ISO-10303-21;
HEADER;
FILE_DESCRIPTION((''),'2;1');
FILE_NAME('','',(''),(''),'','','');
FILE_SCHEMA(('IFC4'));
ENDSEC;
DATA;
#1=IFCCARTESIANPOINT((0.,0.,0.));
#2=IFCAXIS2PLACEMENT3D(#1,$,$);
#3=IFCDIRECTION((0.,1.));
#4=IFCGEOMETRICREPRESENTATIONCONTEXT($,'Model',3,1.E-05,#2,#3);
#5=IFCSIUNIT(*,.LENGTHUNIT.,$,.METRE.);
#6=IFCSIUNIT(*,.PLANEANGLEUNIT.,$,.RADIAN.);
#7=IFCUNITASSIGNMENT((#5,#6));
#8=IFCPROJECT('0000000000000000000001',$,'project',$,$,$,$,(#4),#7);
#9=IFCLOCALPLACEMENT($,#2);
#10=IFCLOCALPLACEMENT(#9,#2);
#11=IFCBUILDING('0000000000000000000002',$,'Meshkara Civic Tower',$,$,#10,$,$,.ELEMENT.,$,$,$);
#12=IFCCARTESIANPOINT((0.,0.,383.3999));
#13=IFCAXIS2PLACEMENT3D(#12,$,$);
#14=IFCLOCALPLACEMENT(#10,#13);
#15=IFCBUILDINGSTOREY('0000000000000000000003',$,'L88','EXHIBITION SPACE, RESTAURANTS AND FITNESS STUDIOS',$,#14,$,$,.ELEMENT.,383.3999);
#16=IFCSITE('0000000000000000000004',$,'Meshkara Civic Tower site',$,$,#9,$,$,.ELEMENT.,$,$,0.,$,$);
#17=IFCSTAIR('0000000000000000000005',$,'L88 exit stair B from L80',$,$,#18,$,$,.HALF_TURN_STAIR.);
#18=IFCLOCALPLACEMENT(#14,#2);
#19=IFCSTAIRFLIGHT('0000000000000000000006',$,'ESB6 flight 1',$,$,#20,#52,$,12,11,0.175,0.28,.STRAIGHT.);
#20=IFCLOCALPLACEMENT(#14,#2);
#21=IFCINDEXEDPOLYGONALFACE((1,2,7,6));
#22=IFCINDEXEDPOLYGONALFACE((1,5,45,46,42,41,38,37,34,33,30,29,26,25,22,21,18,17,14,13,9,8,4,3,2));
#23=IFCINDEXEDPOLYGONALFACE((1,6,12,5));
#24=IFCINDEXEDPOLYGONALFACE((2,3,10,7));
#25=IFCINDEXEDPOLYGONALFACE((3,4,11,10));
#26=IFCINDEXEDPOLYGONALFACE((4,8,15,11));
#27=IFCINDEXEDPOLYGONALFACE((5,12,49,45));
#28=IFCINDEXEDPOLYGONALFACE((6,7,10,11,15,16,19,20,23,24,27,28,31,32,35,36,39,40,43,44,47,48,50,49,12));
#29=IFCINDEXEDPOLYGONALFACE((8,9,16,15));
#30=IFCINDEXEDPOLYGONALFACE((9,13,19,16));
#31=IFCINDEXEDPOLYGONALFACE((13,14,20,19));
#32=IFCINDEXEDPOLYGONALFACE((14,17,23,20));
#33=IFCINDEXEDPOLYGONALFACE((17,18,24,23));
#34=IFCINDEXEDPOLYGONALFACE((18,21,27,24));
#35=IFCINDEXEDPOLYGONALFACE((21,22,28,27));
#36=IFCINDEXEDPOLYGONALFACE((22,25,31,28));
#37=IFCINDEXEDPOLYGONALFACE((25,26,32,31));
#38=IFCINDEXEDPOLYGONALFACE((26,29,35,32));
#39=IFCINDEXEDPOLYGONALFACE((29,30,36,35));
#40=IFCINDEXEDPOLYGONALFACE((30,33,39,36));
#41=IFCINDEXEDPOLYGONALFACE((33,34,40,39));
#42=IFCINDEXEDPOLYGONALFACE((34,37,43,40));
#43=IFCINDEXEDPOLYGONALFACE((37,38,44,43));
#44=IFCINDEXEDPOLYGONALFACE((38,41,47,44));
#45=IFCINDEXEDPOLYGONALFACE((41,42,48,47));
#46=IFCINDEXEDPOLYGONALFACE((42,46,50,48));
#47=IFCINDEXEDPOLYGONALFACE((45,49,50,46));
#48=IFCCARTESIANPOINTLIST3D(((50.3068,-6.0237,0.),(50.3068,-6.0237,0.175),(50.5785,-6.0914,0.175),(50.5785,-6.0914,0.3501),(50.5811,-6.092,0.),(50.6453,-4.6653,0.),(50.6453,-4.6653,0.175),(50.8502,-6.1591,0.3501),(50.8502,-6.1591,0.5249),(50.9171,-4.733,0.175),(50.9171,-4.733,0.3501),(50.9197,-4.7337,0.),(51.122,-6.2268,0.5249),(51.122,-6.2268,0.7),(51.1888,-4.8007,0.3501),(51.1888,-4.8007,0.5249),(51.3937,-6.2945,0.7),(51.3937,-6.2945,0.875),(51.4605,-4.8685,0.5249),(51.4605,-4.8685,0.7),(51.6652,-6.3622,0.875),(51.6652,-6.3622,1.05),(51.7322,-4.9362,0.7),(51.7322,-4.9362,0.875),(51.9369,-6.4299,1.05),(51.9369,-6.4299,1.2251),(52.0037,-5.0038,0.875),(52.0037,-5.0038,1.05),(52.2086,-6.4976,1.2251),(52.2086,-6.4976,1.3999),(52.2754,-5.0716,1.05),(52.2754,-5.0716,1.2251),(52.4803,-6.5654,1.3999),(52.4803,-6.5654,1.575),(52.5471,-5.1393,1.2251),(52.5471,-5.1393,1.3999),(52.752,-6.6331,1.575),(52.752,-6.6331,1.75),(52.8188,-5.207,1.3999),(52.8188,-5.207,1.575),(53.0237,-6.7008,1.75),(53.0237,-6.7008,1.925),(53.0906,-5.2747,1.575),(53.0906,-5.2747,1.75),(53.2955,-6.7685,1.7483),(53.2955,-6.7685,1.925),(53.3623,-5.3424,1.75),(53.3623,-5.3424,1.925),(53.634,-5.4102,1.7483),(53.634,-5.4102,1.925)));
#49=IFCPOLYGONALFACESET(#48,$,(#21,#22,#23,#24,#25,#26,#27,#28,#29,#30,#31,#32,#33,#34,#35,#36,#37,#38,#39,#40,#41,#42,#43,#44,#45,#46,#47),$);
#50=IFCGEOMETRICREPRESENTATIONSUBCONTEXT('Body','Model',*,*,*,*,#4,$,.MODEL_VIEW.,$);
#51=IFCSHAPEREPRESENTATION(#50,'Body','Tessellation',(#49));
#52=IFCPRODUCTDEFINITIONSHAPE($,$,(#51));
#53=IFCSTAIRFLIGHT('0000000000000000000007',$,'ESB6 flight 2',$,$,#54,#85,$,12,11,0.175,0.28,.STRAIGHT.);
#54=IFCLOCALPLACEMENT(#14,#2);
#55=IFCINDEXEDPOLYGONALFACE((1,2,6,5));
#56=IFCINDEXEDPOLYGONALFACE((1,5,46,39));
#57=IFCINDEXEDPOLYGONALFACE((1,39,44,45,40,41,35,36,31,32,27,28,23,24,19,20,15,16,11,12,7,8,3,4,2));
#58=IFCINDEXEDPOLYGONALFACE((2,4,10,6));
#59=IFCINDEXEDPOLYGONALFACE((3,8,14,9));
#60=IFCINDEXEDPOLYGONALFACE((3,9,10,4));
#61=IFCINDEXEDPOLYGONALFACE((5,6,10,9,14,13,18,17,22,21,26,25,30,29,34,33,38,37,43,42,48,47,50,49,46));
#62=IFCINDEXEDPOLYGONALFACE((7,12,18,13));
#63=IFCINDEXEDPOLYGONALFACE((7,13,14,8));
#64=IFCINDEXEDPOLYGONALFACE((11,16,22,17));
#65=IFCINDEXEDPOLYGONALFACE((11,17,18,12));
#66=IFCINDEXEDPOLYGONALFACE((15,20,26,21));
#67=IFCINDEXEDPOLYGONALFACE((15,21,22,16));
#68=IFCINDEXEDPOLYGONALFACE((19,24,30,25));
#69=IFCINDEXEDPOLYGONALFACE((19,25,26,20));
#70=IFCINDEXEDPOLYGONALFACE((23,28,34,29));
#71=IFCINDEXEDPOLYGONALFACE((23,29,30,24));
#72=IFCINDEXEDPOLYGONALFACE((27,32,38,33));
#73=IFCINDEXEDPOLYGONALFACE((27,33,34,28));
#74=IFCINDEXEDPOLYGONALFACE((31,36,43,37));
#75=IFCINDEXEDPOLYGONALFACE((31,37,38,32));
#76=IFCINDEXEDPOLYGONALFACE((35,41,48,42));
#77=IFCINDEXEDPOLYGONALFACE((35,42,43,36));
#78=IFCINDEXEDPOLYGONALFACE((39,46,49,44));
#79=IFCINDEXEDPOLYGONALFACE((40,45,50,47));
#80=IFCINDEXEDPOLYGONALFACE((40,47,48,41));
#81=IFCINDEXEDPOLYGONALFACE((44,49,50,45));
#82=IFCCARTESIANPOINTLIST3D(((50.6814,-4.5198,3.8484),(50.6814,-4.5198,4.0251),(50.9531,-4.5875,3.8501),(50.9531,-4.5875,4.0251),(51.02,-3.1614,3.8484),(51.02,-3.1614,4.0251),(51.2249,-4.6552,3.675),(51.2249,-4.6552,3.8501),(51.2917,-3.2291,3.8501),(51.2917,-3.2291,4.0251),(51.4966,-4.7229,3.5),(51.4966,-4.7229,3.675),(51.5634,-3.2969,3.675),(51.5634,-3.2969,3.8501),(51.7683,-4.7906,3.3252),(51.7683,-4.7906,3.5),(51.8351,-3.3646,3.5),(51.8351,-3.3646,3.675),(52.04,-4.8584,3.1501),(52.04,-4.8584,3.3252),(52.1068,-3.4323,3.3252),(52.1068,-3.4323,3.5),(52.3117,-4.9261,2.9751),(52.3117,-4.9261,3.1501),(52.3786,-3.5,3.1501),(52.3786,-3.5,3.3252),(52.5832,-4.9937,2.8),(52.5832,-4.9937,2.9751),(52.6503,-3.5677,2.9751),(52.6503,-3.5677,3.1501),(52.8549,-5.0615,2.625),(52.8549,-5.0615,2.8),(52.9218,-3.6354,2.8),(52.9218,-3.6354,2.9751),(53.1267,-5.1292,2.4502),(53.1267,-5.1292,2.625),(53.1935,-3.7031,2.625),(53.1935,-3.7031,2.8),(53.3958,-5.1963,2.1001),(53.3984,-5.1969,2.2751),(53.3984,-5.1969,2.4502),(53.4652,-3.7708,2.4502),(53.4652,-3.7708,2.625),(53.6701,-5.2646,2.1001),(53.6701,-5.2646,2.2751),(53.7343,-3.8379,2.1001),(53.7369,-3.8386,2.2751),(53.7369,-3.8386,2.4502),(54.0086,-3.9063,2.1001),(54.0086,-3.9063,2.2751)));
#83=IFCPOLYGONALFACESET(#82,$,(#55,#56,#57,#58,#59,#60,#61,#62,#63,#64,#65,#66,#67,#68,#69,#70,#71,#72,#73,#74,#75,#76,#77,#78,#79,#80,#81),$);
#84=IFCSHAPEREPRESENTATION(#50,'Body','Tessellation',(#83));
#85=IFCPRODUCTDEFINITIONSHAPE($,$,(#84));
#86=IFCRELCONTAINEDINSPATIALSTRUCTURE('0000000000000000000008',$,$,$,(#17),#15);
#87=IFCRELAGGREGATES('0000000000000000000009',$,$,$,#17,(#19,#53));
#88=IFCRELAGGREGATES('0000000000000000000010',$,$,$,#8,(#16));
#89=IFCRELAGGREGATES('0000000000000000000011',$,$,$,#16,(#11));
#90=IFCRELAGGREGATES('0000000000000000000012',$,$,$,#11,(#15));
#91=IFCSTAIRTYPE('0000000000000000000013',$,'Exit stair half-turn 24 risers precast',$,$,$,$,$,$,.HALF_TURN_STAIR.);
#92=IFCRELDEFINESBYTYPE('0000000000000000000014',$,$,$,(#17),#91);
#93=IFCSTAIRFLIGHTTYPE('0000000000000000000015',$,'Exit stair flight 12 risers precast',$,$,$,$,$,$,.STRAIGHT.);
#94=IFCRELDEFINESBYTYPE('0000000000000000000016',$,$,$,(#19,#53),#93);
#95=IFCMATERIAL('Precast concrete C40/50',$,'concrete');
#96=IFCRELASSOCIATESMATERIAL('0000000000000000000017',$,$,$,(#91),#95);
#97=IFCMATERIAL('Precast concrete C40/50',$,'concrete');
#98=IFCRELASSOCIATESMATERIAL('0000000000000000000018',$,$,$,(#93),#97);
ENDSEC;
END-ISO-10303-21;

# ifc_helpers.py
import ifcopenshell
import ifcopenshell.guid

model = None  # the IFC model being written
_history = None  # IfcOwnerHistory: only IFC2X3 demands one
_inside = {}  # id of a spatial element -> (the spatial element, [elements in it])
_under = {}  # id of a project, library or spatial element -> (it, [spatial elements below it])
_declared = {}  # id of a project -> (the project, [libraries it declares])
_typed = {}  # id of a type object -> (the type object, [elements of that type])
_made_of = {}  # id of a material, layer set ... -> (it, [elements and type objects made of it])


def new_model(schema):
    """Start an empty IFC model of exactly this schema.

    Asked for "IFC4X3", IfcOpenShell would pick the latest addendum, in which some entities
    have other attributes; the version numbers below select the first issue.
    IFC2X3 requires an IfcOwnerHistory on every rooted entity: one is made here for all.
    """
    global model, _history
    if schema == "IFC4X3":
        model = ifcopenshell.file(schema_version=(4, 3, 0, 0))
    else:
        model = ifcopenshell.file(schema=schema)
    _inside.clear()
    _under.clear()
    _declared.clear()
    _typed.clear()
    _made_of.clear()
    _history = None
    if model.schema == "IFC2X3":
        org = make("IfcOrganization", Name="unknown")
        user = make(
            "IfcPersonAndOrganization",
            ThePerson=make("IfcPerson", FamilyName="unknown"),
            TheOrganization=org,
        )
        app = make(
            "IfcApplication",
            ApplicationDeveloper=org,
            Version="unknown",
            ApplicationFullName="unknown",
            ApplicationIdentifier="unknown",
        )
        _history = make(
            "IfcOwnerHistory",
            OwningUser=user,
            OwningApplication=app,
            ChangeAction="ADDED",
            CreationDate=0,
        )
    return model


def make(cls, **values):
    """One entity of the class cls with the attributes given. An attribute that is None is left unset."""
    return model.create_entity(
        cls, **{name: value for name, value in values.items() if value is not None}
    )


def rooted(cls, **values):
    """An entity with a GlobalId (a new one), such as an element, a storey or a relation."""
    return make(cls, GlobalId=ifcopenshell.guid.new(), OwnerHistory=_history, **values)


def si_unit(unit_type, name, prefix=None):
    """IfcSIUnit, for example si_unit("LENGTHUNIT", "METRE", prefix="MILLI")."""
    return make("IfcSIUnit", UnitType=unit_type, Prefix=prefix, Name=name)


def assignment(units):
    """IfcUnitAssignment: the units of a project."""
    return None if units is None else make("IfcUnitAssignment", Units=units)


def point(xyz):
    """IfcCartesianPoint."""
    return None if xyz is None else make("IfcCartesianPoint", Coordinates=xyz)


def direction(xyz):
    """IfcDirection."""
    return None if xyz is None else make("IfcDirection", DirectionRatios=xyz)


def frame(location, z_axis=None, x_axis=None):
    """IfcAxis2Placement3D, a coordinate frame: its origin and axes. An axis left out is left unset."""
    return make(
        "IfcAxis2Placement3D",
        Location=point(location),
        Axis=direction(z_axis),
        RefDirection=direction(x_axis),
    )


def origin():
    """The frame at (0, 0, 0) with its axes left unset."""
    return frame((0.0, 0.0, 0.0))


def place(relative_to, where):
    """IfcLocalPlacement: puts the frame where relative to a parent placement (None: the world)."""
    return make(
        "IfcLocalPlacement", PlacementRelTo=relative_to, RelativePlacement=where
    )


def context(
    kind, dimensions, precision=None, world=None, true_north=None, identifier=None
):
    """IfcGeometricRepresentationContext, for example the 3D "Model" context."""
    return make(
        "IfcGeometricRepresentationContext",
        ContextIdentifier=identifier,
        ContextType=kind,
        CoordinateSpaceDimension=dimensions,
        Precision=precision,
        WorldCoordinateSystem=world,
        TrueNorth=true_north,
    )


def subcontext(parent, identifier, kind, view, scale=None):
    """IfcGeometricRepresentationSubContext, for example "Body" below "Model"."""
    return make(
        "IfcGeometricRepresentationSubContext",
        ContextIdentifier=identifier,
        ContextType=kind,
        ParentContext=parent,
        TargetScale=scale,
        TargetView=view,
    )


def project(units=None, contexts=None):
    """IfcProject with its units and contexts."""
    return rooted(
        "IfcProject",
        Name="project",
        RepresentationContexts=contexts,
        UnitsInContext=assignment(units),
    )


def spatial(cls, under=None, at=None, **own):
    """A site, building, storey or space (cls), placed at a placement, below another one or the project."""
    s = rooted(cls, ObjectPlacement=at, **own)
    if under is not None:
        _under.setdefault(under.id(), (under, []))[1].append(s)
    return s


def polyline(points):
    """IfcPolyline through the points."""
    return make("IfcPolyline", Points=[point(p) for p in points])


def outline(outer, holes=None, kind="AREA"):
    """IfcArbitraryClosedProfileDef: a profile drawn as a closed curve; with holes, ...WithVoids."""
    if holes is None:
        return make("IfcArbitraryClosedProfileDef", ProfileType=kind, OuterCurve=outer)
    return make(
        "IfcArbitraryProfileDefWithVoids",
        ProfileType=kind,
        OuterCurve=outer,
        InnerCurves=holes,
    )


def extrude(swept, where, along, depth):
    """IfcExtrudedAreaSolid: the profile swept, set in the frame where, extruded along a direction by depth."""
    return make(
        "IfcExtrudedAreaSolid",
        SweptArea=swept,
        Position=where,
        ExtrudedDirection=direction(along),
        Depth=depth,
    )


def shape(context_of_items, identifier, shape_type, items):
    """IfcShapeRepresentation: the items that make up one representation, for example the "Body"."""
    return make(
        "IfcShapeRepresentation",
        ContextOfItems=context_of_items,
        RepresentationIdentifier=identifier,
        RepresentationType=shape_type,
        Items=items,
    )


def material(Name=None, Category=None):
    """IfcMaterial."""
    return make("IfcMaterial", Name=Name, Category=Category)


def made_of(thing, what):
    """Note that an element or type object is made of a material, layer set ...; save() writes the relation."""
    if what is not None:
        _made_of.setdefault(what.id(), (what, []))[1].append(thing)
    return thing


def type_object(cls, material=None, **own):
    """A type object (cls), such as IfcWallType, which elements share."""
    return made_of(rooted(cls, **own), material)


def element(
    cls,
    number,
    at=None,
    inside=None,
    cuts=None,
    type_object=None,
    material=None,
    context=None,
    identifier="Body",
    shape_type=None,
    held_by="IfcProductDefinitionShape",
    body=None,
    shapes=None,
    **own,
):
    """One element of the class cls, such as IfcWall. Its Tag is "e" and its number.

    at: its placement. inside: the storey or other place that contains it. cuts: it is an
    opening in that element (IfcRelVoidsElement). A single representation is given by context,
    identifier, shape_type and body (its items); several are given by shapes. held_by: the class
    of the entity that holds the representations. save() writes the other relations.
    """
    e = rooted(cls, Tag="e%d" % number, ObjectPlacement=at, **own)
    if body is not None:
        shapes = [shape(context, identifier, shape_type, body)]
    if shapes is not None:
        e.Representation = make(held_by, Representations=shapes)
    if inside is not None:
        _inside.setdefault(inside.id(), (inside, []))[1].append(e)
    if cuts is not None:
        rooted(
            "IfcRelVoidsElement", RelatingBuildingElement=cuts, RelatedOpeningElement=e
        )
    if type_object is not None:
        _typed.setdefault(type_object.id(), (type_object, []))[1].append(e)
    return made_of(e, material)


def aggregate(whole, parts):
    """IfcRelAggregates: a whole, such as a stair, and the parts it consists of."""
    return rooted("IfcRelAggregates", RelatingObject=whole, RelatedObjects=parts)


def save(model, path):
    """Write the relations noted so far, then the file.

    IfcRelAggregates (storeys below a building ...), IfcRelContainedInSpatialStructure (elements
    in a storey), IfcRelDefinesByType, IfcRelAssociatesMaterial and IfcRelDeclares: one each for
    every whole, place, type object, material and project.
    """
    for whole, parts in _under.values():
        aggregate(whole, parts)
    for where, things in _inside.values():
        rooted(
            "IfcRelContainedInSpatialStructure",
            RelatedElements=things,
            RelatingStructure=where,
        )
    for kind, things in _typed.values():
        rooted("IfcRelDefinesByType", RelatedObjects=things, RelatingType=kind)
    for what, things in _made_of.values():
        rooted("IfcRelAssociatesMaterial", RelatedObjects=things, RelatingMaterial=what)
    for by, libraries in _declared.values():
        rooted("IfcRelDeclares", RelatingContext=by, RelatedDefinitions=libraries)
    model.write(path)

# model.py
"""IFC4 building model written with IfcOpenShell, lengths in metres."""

from ifc_helpers import new_model, si_unit, direction, frame, origin, place, context, subcontext, project, spatial, polyline, outline, extrude, material, type_object, element, aggregate, save


model = new_model("IFC4")

# Units and contexts
model_context = context("Model", 3, precision=1e-05, world=origin(), true_north=direction((0.0, 1.0)))
body_context = subcontext(model_context, "Body", "Model", "MODEL_VIEW")
ifc_project = project(units=[si_unit("LENGTHUNIT", "METRE"), si_unit("PLANEANGLEUNIT", "RADIAN")], contexts=[model_context])

# Site, building, storey
site_placement = place(None, origin())
site = spatial("IfcSite", under=ifc_project, at=site_placement, Name="Meshkara Civic Tower site", CompositionType="ELEMENT", RefElevation=0.0)
building_placement = place(site_placement, origin())
building = spatial("IfcBuilding", under=site, at=building_placement, Name="Meshkara Civic Tower", CompositionType="ELEMENT")
storey_placement = place(building_placement, frame((0.0, 0.0, 383.3999)))
storey = spatial("IfcBuildingStorey", under=building, at=storey_placement, Name="L88", Description="EXHIBITION SPACE, RESTAURANTS AND FITNESS STUDIOS", CompositionType="ELEMENT", Elevation=383.3999)

# Stair, stair flights
ifc_material_1 = material(Name="Precast concrete C40/50", Category="concrete")
stair_type = type_object("IfcStairType", Name="Exit stair half-turn 24 risers precast", PredefinedType="HALF_TURN_STAIR", material=ifc_material_1)
stair_placement = place(storey_placement, origin())
stair = element("IfcStair", 1, at=stair_placement, inside=storey, type_object=stair_type, Name="L88 exit stair B from L80", PredefinedType="HALF_TURN_STAIR")
ifc_material_2 = material(Name="Precast concrete C40/50", Category="concrete")
stair_flight_type = type_object("IfcStairFlightType", Name="Exit stair flight 12 risers precast", PredefinedType="STRAIGHT", material=ifc_material_2)
stair_flight_1_placement = place(storey_placement, frame((50.4761, -5.3445, 0.0), z_axis=(0.0, 0.0, 1.0), x_axis=(0.970319, -0.24183, 0.0)))
stair_flight_1 = element("IfcStairFlight", 2, at=stair_flight_1_placement, type_object=stair_flight_type, Name="ESB6 flight 1", NumberOfRisers=12, NumberOfTreads=11, PredefinedType="STRAIGHT", RiserHeight=0.175, TreadLength=0.28, context=body_context, shape_type="SweptSolid", body=[
    extrude(outline(polyline([(0.0, 0.0), (0.0, 0.175), (0.28, 0.175), (0.28, 0.3501), (0.5601, 0.3501), (0.5601, 0.5249), (0.8401, 0.5249), (0.8401, 0.7), (1.1201, 0.7), (1.1201, 0.875), (1.3999, 0.875), (1.3999, 1.05), (1.6799, 1.05), (1.6799, 1.2251), (1.96, 1.2251), (1.96, 1.3999), (2.24, 1.3999), (2.24, 1.575), (2.52, 1.575), (2.52, 1.75), (2.8, 1.75), (2.8, 1.925), (3.0801, 1.925), (3.0801, 2.1001), (3.0801, 1.7483), (0.2827, 0.0), (0.0, 0.0)])), frame((0.0, 0.7, 0.0), z_axis=(0.0, -1.0, 0.0), x_axis=(1.0, 0.0, 0.0)), (0.0, 0.0, 1.0), 1.3999),
])
stair_flight_2_placement = place(storey_placement, frame((53.8394, -4.5854, 2.1001), z_axis=(0.0, 0.0, 1.0), x_axis=(-0.970319, 0.24183, 0.0)))
stair_flight_2 = element("IfcStairFlight", 3, at=stair_flight_2_placement, type_object=stair_flight_type, Name="ESB6 flight 2", NumberOfRisers=12, NumberOfTreads=11, PredefinedType="STRAIGHT", RiserHeight=0.175, TreadLength=0.28, context=body_context, shape_type="SweptSolid", body=[
    extrude(outline(polyline([(0.0, 0.0), (0.0, 0.175), (0.28, 0.175), (0.28, 0.3501), (0.5601, 0.3501), (0.5601, 0.5249), (0.8401, 0.5249), (0.8401, 0.7), (1.1201, 0.7), (1.1201, 0.875), (1.3999, 0.875), (1.3999, 1.05), (1.6799, 1.05), (1.6799, 1.2251), (1.96, 1.2251), (1.96, 1.3999), (2.24, 1.3999), (2.24, 1.575), (2.52, 1.575), (2.52, 1.75), (2.8, 1.75), (2.8, 1.925), (3.0801, 1.925), (3.0801, 2.1001), (3.0801, 1.7483), (0.2827, 0.0), (0.0, 0.0)])), frame((0.0, 0.7, 0.0), z_axis=(0.0, -1.0, 0.0), x_axis=(1.0, 0.0, 0.0)), (0.0, 0.0, 1.0), 1.3999),
])
aggregate(stair, [stair_flight_1, stair_flight_2])

save(model, "model.ifc")
